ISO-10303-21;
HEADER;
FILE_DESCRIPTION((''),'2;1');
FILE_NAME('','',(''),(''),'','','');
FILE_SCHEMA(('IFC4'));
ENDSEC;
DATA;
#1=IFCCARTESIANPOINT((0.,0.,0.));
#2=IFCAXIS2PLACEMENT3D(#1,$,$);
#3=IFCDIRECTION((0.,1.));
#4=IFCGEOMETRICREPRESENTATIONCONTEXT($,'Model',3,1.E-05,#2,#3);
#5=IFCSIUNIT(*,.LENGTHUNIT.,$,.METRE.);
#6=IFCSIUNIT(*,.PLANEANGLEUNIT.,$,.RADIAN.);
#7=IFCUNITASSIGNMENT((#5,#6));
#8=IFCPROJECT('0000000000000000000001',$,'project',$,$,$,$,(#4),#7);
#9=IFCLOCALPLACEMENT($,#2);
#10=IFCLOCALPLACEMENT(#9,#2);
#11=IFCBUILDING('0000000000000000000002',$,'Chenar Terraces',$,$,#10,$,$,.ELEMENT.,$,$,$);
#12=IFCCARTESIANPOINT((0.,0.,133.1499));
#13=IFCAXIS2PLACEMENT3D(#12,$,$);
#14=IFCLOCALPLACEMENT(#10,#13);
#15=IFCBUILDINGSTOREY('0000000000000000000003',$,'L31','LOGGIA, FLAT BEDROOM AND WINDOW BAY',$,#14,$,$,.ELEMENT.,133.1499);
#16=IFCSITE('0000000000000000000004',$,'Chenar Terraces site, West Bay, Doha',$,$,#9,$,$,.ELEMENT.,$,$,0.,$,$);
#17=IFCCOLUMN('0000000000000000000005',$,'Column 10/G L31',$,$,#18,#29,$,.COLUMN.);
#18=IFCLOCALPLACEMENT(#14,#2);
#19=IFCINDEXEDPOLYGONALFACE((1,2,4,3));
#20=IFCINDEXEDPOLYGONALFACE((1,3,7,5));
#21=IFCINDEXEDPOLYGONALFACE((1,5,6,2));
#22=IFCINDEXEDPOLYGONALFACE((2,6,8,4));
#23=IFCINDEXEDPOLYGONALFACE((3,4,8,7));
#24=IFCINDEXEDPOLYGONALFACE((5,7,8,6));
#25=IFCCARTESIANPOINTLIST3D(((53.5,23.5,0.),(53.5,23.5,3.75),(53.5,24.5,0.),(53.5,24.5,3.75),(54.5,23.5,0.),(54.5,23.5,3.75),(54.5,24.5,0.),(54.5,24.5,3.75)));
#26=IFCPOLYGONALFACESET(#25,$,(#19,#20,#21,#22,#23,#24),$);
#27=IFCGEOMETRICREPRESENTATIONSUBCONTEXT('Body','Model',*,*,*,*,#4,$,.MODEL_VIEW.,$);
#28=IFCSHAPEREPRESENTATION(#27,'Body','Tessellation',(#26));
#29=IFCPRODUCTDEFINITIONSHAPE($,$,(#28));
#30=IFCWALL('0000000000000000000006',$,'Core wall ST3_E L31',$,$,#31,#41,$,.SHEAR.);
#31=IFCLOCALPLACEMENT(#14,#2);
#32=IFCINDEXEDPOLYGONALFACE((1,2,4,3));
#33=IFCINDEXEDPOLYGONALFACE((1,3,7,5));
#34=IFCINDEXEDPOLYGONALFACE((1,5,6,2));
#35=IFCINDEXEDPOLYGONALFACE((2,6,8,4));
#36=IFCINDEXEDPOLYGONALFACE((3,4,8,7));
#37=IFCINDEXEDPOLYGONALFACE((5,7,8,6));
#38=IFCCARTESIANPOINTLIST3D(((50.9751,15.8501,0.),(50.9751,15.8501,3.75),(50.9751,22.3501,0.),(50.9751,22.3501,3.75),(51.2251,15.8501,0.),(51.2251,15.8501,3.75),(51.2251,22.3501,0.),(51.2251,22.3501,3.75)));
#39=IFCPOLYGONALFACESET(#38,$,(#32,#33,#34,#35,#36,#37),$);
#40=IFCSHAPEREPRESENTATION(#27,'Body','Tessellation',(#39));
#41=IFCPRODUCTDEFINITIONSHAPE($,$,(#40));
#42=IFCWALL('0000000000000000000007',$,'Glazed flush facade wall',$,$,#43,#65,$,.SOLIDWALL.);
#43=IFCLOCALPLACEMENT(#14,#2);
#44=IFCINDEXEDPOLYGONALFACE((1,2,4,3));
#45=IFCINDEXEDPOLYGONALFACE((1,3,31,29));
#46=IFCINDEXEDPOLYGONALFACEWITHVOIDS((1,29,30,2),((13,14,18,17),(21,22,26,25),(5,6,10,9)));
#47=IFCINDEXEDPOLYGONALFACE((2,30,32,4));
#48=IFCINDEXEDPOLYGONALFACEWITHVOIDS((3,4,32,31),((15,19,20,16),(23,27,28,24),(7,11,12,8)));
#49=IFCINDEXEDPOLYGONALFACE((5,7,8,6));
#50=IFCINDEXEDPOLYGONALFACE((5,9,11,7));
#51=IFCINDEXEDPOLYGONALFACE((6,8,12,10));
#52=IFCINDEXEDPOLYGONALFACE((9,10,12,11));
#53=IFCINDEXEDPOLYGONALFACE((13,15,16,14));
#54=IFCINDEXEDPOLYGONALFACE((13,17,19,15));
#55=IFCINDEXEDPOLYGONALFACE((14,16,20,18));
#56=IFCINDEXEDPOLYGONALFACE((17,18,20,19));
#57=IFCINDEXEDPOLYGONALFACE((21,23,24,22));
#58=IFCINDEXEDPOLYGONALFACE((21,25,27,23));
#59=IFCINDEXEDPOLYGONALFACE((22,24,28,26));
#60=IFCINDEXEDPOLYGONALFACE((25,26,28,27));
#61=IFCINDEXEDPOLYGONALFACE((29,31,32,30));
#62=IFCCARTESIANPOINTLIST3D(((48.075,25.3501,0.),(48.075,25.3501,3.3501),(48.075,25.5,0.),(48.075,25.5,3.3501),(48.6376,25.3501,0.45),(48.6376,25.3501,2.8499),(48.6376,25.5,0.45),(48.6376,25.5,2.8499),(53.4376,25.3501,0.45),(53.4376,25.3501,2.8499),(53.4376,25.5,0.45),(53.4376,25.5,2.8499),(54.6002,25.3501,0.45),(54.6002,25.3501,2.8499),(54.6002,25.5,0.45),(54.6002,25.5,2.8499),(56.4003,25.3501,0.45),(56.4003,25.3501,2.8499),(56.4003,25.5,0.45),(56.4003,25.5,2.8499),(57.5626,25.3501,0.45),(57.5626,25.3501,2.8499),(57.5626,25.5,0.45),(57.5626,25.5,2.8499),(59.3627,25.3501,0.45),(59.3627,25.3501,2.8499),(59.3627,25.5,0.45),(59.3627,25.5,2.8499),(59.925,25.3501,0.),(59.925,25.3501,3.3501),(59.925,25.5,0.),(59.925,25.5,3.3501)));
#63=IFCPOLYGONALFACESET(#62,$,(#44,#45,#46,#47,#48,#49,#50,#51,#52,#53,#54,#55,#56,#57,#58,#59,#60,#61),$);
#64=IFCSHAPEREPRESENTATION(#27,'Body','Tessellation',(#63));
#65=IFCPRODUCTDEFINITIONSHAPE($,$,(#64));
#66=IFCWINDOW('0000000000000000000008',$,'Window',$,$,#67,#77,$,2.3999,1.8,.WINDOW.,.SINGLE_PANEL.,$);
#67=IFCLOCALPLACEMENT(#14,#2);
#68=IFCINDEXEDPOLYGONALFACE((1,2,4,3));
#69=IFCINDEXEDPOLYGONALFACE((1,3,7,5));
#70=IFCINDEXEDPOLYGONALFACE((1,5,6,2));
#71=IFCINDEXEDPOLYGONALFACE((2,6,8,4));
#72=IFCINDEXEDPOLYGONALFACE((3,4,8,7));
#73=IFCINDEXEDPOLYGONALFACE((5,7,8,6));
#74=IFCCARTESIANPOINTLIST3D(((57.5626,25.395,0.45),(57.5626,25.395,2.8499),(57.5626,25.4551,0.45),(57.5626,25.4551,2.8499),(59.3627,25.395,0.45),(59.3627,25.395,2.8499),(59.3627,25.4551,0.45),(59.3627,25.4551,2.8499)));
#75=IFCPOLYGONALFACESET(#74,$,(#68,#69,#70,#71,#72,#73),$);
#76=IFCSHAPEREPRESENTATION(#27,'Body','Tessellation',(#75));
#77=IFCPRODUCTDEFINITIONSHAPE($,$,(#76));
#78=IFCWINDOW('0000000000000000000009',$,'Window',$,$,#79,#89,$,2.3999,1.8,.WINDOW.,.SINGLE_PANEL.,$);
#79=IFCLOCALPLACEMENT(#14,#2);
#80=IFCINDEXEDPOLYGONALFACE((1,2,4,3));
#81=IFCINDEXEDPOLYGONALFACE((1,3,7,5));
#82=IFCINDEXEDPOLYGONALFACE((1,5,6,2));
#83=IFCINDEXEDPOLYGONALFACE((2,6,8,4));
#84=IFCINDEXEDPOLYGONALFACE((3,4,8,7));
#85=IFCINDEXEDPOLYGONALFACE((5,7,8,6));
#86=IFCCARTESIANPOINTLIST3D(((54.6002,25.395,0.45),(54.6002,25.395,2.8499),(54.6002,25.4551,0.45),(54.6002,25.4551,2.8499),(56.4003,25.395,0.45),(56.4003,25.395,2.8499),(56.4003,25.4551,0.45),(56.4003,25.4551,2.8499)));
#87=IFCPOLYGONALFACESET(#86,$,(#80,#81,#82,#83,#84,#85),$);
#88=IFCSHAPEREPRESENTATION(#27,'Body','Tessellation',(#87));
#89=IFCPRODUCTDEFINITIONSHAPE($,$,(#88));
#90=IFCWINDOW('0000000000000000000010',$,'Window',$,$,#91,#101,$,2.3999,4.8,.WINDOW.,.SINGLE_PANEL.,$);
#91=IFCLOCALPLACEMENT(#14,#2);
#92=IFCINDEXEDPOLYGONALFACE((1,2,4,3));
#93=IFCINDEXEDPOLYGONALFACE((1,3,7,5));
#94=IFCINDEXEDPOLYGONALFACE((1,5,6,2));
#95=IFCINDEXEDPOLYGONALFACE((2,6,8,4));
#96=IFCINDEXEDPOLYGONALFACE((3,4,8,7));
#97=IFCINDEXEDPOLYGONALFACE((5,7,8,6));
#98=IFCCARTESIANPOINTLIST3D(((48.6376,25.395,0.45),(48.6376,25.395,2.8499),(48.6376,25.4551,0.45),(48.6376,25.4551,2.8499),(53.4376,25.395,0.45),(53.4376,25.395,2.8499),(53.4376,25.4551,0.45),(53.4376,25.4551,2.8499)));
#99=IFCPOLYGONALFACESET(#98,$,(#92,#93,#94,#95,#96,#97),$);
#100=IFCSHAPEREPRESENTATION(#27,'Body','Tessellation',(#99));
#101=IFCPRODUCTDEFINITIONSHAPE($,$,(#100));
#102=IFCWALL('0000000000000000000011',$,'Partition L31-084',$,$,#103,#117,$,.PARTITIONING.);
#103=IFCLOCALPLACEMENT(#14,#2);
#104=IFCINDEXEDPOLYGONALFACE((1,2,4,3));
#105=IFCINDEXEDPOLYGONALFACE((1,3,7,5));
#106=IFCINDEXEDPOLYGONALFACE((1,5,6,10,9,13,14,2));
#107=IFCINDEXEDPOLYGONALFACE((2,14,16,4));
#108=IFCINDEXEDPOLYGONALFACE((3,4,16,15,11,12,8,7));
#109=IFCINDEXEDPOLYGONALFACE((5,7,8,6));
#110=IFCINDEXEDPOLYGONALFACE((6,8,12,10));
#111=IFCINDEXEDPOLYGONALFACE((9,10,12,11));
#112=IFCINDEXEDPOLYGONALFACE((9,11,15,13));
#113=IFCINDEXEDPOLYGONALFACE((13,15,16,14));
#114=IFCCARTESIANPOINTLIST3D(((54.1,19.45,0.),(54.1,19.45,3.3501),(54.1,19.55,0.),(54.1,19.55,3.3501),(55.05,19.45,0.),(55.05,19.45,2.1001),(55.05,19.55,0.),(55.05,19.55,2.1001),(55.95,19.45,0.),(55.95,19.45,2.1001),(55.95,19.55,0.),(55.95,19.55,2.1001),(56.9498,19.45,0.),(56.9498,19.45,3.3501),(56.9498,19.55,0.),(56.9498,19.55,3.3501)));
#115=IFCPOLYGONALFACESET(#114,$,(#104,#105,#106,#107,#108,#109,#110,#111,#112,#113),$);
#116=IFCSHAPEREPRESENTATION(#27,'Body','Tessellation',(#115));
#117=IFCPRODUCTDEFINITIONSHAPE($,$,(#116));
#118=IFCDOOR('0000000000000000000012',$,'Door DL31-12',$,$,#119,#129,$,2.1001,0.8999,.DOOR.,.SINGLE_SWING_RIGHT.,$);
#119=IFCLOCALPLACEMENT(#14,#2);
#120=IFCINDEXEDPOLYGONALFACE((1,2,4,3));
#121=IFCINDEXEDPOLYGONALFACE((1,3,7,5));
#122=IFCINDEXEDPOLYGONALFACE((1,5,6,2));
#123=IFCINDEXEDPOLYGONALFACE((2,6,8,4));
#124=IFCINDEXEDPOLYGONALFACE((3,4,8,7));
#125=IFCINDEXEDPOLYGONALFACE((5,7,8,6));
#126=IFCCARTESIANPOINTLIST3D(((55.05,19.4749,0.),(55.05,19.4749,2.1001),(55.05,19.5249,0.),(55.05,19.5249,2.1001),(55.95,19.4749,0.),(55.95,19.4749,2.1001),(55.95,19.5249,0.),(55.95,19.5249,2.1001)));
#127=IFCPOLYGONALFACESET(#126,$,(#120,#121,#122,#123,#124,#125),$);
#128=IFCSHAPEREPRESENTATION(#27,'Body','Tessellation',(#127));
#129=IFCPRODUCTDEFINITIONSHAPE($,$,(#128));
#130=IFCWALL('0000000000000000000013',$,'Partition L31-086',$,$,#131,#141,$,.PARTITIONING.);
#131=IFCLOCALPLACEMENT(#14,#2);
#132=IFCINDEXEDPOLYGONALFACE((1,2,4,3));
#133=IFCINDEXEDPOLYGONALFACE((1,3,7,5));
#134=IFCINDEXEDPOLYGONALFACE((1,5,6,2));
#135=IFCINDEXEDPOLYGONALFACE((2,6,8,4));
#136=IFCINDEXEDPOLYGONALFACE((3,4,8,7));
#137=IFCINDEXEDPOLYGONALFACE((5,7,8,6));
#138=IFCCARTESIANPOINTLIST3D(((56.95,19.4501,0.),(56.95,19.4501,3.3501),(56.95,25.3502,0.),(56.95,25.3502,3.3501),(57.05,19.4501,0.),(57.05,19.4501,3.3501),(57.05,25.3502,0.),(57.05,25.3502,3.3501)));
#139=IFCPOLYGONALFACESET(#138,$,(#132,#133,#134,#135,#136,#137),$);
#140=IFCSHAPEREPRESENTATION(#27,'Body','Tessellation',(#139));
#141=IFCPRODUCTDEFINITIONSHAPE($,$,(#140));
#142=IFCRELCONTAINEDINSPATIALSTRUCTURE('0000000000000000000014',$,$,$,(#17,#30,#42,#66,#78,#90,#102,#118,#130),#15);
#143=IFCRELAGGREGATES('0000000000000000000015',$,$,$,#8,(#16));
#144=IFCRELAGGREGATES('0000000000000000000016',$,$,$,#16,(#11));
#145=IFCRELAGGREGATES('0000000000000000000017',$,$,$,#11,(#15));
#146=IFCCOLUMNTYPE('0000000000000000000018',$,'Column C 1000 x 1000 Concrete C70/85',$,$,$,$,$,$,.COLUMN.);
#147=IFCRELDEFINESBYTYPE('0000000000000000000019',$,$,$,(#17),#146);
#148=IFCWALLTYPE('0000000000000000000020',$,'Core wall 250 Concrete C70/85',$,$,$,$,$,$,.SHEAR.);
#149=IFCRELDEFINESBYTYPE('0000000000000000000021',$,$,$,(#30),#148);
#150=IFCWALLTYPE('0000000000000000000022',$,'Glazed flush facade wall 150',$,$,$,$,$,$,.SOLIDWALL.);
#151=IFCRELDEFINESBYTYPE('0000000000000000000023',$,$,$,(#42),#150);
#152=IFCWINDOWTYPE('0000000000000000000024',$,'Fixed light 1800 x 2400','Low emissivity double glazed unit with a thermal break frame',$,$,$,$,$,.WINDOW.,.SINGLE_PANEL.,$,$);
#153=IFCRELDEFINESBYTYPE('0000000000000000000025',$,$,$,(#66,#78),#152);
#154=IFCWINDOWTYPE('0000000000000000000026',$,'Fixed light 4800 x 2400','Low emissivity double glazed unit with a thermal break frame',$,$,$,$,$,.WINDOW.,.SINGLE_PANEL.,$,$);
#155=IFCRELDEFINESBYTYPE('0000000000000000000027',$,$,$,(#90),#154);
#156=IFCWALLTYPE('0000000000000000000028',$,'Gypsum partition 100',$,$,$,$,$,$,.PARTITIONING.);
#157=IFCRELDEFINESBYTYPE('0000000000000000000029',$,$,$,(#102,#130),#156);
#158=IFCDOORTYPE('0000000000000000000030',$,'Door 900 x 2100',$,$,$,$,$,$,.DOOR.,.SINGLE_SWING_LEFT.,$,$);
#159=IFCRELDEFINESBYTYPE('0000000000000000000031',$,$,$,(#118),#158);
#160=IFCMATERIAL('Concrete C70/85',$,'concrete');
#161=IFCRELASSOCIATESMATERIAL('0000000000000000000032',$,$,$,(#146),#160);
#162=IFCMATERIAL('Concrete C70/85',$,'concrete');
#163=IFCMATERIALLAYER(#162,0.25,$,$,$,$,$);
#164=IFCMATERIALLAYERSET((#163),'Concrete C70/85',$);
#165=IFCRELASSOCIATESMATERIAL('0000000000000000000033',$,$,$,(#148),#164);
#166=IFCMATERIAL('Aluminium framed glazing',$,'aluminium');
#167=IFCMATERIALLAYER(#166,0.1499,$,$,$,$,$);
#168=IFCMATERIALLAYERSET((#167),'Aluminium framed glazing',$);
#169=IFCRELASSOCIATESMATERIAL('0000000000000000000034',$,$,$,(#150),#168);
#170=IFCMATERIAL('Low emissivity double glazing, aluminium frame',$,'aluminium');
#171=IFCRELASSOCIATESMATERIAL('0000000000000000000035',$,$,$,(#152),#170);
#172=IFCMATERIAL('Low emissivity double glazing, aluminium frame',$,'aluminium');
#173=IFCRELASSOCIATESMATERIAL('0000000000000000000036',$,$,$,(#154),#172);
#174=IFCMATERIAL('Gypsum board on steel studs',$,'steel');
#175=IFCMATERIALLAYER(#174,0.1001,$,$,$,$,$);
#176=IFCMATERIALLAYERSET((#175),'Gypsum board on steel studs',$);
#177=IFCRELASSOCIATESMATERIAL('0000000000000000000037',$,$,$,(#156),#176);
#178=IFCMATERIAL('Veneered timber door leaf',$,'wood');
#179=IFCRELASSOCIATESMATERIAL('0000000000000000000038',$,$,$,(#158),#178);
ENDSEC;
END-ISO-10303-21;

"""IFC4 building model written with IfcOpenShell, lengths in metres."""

from ifc_helpers import new_model, si_unit, direction, frame, frame_2d, origin, origin_2d, place, context, subcontext, project, spatial, rectangle, extrude, material, layer, layer_set, material_profile, profile_set, type_object, element, fill, save


model = new_model("IFC4")

# Units and contexts
model_context = context("Model", 3, precision=1e-05, world=origin(), true_north=direction((0.0, 1.0)))
body_context = subcontext(model_context, "Body", "Model", "MODEL_VIEW")
ifc_project = project(units=[si_unit("LENGTHUNIT", "METRE"), si_unit("PLANEANGLEUNIT", "RADIAN")], contexts=[model_context])

# Site, building, storey
site_placement = place(None, origin())
site = spatial("IfcSite", under=ifc_project, at=site_placement, Name="Chenar Terraces site, West Bay, Doha", CompositionType="ELEMENT", RefElevation=0.0)
building_placement = place(site_placement, origin())
building = spatial("IfcBuilding", under=site, at=building_placement, Name="Chenar Terraces", CompositionType="ELEMENT")
storey_placement = place(building_placement, frame((0.0, 0.0, 133.1499)))
storey = spatial("IfcBuildingStorey", under=building, at=storey_placement, Name="L31", Description="LOGGIA, FLAT BEDROOM AND WINDOW BAY", CompositionType="ELEMENT", Elevation=133.1499)

# Column
ifc_material_1 = material(Name="Concrete C70/85", Category="concrete")
ifc_material_profile = material_profile(ifc_material_1, rectangle(XDim=1.0, YDim=1.0, at=origin_2d()), Name="C 1000 x 1000")
ifc_profile_set = profile_set([ifc_material_profile], Name="Concrete C70/85")
column_type = type_object("IfcColumnType", Name="Column C 1000 x 1000 Concrete C70/85", PredefinedType="COLUMN", material=ifc_profile_set)
column_placement = place(storey_placement, frame((54.0, 24.0, 0.0), z_axis=(0.0, 0.0, 1.0), x_axis=(1.0, 0.0, 0.0)))
element("IfcColumn", 1, at=column_placement, inside=storey, type_object=column_type, Name="Column 10/G L31", PredefinedType="COLUMN", context=body_context, shape_type="SweptSolid", body=[
    extrude(rectangle(XDim=1.0, YDim=1.0, at=origin_2d()), origin(), (0.0, 0.0, 1.0), 3.75),
])

# Wall
ifc_material_2 = material(Name="Concrete C70/85", Category="concrete")
ifc_layer_1 = layer(ifc_material_2, 0.25)
ifc_layer_set_1 = layer_set([ifc_layer_1], Name="Concrete C70/85")
wall_type_1 = type_object("IfcWallType", Name="Core wall 250 Concrete C70/85", PredefinedType="SHEAR", material=ifc_layer_set_1)
wall_1_placement = place(storey_placement, frame((51.1001, 15.8501, 0.0), z_axis=(0.0, 0.0, 1.0), x_axis=(0.0, 1.0, 0.0)))
element("IfcWall", 2, at=wall_1_placement, inside=storey, type_object=wall_type_1, Name="Core wall ST3_E L31", PredefinedType="SHEAR", context=body_context, shape_type="SweptSolid", body=[
    extrude(rectangle(XDim=6.5, YDim=0.25, at=frame_2d((3.25, 0.0))), origin(), (0.0, 0.0, 1.0), 3.75),
])

# Wall, openings, windows
ifc_material_3 = material(Name="Aluminium framed glazing", Category="aluminium")
ifc_layer_2 = layer(ifc_material_3, 0.1499)
ifc_layer_set_2 = layer_set([ifc_layer_2], Name="Aluminium framed glazing")
wall_type_2 = type_object("IfcWallType", Name="Glazed flush facade wall 150", PredefinedType="SOLIDWALL", material=ifc_layer_set_2)
wall_2_placement = place(storey_placement, frame((59.925, 25.425, 0.0), z_axis=(0.0, 0.0, 1.0), x_axis=(-1.0, 0.0, 0.0)))
wall_2 = element("IfcWall", 3, at=wall_2_placement, inside=storey, type_object=wall_type_2, Name="Glazed flush facade wall", PredefinedType="SOLIDWALL", context=body_context, shape_type="SweptSolid", body=[
    extrude(rectangle(XDim=11.8501, YDim=0.1499, at=frame_2d((5.925, 0.0))), origin(), (0.0, 0.0, 1.0), 3.3501),
])
opening_1_placement = place(wall_2_placement, frame((0.5625, 0.0, 0.45)))
opening_1 = element("IfcOpeningElement", 4, at=opening_1_placement, cuts=wall_2, PredefinedType="OPENING", context=body_context, shape_type="SweptSolid", body=[
    extrude(rectangle(XDim=1.8, YDim=2.3999, at=frame_2d((0.8999, 1.2))), frame((0.0, 0.085, 0.0), z_axis=(0.0, -1.0, 0.0), x_axis=(1.0, 0.0, 0.0)), (0.0, 0.0, 1.0), 0.1699),
])
opening_2_placement = place(wall_2_placement, frame((3.5249, 0.0, 0.45)))
opening_2 = element("IfcOpeningElement", 5, at=opening_2_placement, cuts=wall_2, PredefinedType="OPENING", context=body_context, shape_type="SweptSolid", body=[
    extrude(rectangle(XDim=1.8, YDim=2.3999, at=frame_2d((0.8999, 1.2))), frame((0.0, 0.085, 0.0), z_axis=(0.0, -1.0, 0.0), x_axis=(1.0, 0.0, 0.0)), (0.0, 0.0, 1.0), 0.1699),
])
opening_3_placement = place(wall_2_placement, frame((6.4875, 0.0, 0.45)))
opening_3 = element("IfcOpeningElement", 6, at=opening_3_placement, cuts=wall_2, PredefinedType="OPENING", context=body_context, shape_type="SweptSolid", body=[
    extrude(rectangle(XDim=4.8, YDim=2.3999, at=frame_2d((2.3999, 1.2))), frame((0.0, 0.085, 0.0), z_axis=(0.0, -1.0, 0.0), x_axis=(1.0, 0.0, 0.0)), (0.0, 0.0, 1.0), 0.1699),
])
ifc_material_4 = material(Name="Low emissivity double glazing, aluminium frame", Category="aluminium")
window_type_1 = type_object("IfcWindowType", Name="Fixed light 1800 x 2400", Description="Low emissivity double glazed unit with a thermal break frame", PartitioningType="SINGLE_PANEL", PredefinedType="WINDOW", material=ifc_material_4)
window_1_placement = place(opening_1_placement, origin())
window_1 = element("IfcWindow", 7, at=window_1_placement, inside=storey, type_object=window_type_1, Name="Window", OverallHeight=2.3999, OverallWidth=1.8, PartitioningType="SINGLE_PANEL", PredefinedType="WINDOW", context=body_context, shape_type="SweptSolid", body=[
    extrude(rectangle(XDim=1.8, YDim=2.3999, at=frame_2d((0.8999, 1.2))), frame((0.0, 0.03, 0.0), z_axis=(0.0, -1.0, 0.0), x_axis=(1.0, 0.0, 0.0)), (0.0, 0.0, 1.0), 0.0601),
])
fill(opening_1, window_1)
window_2_placement = place(opening_2_placement, origin())
window_2 = element("IfcWindow", 8, at=window_2_placement, inside=storey, type_object=window_type_1, Name="Window", OverallHeight=2.3999, OverallWidth=1.8, PartitioningType="SINGLE_PANEL", PredefinedType="WINDOW", context=body_context, shape_type="SweptSolid", body=[
    extrude(rectangle(XDim=1.8, YDim=2.3999, at=frame_2d((0.8999, 1.2))), frame((0.0, 0.03, 0.0), z_axis=(0.0, -1.0, 0.0), x_axis=(1.0, 0.0, 0.0)), (0.0, 0.0, 1.0), 0.0601),
])
fill(opening_2, window_2)
ifc_material_5 = material(Name="Low emissivity double glazing, aluminium frame", Category="aluminium")
window_type_2 = type_object("IfcWindowType", Name="Fixed light 4800 x 2400", Description="Low emissivity double glazed unit with a thermal break frame", PartitioningType="SINGLE_PANEL", PredefinedType="WINDOW", material=ifc_material_5)
window_3_placement = place(opening_3_placement, origin())
window_3 = element("IfcWindow", 9, at=window_3_placement, inside=storey, type_object=window_type_2, Name="Window", OverallHeight=2.3999, OverallWidth=4.8, PartitioningType="SINGLE_PANEL", PredefinedType="WINDOW", context=body_context, shape_type="SweptSolid", body=[
    extrude(rectangle(XDim=4.8, YDim=2.3999, at=frame_2d((2.3999, 1.2))), frame((0.0, 0.03, 0.0), z_axis=(0.0, -1.0, 0.0), x_axis=(1.0, 0.0, 0.0)), (0.0, 0.0, 1.0), 0.0601),
])
fill(opening_3, window_3)

# Wall, opening, door
ifc_material_6 = material(Name="Gypsum board on steel studs", Category="steel")
ifc_layer_3 = layer(ifc_material_6, 0.1001)
ifc_layer_set_3 = layer_set([ifc_layer_3], Name="Gypsum board on steel studs")
wall_type_3 = type_object("IfcWallType", Name="Gypsum partition 100", PredefinedType="PARTITIONING", material=ifc_layer_set_3)
wall_3_placement = place(storey_placement, frame((54.1001, 19.5, 0.0), z_axis=(0.0, 0.0, 1.0), x_axis=(1.0, 0.0, 0.0)))
wall_3 = element("IfcWall", 10, at=wall_3_placement, inside=storey, type_object=wall_type_3, Name="Partition L31-084", PredefinedType="PARTITIONING", context=body_context, shape_type="SweptSolid", body=[
    extrude(rectangle(XDim=2.8499, YDim=0.1001, at=frame_2d((1.4248, 0.0))), origin(), (0.0, 0.0, 1.0), 3.3501),
])
opening_4_placement = place(wall_3_placement, frame((0.95, 0.0, 0.0)))
opening_4 = element("IfcOpeningElement", 11, at=opening_4_placement, cuts=wall_3, PredefinedType="OPENING", context=body_context, shape_type="SweptSolid", body=[
    extrude(rectangle(XDim=0.8999, YDim=2.1001, at=frame_2d((0.45, 1.05))), frame((0.0, 0.0601, 0.0), z_axis=(0.0, -1.0, 0.0), x_axis=(1.0, 0.0, 0.0)), (0.0, 0.0, 1.0), 0.1201),
])
ifc_material_7 = material(Name="Veneered timber door leaf", Category="wood")
door_type_1 = type_object("IfcDoorType", Name="Door 900 x 2100", OperationType="SINGLE_SWING_LEFT", PredefinedType="DOOR", material=ifc_material_7)
door_1_placement = place(opening_4_placement, origin())
door_1 = element("IfcDoor", 12, at=door_1_placement, inside=storey, type_object=door_type_1, Name="Door DL31-12", OperationType="SINGLE_SWING_RIGHT", OverallHeight=2.1001, OverallWidth=0.8999, PredefinedType="DOOR", context=body_context, shape_type="SweptSolid", body=[
    extrude(rectangle(XDim=0.8999, YDim=2.1001, at=frame_2d((0.45, 1.05))), frame((0.0, 0.0249, 0.0), z_axis=(0.0, -1.0, 0.0), x_axis=(1.0, 0.0, 0.0)), (0.0, 0.0, 1.0), 0.05),
])
fill(opening_4, door_1)

# Wall
wall_4_placement = place(storey_placement, frame((57.0, 19.45, 0.0), z_axis=(0.0, 0.0, 1.0), x_axis=(0.0, 1.0, 0.0)))
element("IfcWall", 13, at=wall_4_placement, inside=storey, type_object=wall_type_3, Name="Partition L31-086", PredefinedType="PARTITIONING", context=body_context, shape_type="SweptSolid", body=[
    extrude(rectangle(XDim=5.9001, YDim=0.1001, at=frame_2d((2.9502, 0.0))), origin(), (0.0, 0.0, 1.0), 3.3501),
])

save(model, "model.ifc")
